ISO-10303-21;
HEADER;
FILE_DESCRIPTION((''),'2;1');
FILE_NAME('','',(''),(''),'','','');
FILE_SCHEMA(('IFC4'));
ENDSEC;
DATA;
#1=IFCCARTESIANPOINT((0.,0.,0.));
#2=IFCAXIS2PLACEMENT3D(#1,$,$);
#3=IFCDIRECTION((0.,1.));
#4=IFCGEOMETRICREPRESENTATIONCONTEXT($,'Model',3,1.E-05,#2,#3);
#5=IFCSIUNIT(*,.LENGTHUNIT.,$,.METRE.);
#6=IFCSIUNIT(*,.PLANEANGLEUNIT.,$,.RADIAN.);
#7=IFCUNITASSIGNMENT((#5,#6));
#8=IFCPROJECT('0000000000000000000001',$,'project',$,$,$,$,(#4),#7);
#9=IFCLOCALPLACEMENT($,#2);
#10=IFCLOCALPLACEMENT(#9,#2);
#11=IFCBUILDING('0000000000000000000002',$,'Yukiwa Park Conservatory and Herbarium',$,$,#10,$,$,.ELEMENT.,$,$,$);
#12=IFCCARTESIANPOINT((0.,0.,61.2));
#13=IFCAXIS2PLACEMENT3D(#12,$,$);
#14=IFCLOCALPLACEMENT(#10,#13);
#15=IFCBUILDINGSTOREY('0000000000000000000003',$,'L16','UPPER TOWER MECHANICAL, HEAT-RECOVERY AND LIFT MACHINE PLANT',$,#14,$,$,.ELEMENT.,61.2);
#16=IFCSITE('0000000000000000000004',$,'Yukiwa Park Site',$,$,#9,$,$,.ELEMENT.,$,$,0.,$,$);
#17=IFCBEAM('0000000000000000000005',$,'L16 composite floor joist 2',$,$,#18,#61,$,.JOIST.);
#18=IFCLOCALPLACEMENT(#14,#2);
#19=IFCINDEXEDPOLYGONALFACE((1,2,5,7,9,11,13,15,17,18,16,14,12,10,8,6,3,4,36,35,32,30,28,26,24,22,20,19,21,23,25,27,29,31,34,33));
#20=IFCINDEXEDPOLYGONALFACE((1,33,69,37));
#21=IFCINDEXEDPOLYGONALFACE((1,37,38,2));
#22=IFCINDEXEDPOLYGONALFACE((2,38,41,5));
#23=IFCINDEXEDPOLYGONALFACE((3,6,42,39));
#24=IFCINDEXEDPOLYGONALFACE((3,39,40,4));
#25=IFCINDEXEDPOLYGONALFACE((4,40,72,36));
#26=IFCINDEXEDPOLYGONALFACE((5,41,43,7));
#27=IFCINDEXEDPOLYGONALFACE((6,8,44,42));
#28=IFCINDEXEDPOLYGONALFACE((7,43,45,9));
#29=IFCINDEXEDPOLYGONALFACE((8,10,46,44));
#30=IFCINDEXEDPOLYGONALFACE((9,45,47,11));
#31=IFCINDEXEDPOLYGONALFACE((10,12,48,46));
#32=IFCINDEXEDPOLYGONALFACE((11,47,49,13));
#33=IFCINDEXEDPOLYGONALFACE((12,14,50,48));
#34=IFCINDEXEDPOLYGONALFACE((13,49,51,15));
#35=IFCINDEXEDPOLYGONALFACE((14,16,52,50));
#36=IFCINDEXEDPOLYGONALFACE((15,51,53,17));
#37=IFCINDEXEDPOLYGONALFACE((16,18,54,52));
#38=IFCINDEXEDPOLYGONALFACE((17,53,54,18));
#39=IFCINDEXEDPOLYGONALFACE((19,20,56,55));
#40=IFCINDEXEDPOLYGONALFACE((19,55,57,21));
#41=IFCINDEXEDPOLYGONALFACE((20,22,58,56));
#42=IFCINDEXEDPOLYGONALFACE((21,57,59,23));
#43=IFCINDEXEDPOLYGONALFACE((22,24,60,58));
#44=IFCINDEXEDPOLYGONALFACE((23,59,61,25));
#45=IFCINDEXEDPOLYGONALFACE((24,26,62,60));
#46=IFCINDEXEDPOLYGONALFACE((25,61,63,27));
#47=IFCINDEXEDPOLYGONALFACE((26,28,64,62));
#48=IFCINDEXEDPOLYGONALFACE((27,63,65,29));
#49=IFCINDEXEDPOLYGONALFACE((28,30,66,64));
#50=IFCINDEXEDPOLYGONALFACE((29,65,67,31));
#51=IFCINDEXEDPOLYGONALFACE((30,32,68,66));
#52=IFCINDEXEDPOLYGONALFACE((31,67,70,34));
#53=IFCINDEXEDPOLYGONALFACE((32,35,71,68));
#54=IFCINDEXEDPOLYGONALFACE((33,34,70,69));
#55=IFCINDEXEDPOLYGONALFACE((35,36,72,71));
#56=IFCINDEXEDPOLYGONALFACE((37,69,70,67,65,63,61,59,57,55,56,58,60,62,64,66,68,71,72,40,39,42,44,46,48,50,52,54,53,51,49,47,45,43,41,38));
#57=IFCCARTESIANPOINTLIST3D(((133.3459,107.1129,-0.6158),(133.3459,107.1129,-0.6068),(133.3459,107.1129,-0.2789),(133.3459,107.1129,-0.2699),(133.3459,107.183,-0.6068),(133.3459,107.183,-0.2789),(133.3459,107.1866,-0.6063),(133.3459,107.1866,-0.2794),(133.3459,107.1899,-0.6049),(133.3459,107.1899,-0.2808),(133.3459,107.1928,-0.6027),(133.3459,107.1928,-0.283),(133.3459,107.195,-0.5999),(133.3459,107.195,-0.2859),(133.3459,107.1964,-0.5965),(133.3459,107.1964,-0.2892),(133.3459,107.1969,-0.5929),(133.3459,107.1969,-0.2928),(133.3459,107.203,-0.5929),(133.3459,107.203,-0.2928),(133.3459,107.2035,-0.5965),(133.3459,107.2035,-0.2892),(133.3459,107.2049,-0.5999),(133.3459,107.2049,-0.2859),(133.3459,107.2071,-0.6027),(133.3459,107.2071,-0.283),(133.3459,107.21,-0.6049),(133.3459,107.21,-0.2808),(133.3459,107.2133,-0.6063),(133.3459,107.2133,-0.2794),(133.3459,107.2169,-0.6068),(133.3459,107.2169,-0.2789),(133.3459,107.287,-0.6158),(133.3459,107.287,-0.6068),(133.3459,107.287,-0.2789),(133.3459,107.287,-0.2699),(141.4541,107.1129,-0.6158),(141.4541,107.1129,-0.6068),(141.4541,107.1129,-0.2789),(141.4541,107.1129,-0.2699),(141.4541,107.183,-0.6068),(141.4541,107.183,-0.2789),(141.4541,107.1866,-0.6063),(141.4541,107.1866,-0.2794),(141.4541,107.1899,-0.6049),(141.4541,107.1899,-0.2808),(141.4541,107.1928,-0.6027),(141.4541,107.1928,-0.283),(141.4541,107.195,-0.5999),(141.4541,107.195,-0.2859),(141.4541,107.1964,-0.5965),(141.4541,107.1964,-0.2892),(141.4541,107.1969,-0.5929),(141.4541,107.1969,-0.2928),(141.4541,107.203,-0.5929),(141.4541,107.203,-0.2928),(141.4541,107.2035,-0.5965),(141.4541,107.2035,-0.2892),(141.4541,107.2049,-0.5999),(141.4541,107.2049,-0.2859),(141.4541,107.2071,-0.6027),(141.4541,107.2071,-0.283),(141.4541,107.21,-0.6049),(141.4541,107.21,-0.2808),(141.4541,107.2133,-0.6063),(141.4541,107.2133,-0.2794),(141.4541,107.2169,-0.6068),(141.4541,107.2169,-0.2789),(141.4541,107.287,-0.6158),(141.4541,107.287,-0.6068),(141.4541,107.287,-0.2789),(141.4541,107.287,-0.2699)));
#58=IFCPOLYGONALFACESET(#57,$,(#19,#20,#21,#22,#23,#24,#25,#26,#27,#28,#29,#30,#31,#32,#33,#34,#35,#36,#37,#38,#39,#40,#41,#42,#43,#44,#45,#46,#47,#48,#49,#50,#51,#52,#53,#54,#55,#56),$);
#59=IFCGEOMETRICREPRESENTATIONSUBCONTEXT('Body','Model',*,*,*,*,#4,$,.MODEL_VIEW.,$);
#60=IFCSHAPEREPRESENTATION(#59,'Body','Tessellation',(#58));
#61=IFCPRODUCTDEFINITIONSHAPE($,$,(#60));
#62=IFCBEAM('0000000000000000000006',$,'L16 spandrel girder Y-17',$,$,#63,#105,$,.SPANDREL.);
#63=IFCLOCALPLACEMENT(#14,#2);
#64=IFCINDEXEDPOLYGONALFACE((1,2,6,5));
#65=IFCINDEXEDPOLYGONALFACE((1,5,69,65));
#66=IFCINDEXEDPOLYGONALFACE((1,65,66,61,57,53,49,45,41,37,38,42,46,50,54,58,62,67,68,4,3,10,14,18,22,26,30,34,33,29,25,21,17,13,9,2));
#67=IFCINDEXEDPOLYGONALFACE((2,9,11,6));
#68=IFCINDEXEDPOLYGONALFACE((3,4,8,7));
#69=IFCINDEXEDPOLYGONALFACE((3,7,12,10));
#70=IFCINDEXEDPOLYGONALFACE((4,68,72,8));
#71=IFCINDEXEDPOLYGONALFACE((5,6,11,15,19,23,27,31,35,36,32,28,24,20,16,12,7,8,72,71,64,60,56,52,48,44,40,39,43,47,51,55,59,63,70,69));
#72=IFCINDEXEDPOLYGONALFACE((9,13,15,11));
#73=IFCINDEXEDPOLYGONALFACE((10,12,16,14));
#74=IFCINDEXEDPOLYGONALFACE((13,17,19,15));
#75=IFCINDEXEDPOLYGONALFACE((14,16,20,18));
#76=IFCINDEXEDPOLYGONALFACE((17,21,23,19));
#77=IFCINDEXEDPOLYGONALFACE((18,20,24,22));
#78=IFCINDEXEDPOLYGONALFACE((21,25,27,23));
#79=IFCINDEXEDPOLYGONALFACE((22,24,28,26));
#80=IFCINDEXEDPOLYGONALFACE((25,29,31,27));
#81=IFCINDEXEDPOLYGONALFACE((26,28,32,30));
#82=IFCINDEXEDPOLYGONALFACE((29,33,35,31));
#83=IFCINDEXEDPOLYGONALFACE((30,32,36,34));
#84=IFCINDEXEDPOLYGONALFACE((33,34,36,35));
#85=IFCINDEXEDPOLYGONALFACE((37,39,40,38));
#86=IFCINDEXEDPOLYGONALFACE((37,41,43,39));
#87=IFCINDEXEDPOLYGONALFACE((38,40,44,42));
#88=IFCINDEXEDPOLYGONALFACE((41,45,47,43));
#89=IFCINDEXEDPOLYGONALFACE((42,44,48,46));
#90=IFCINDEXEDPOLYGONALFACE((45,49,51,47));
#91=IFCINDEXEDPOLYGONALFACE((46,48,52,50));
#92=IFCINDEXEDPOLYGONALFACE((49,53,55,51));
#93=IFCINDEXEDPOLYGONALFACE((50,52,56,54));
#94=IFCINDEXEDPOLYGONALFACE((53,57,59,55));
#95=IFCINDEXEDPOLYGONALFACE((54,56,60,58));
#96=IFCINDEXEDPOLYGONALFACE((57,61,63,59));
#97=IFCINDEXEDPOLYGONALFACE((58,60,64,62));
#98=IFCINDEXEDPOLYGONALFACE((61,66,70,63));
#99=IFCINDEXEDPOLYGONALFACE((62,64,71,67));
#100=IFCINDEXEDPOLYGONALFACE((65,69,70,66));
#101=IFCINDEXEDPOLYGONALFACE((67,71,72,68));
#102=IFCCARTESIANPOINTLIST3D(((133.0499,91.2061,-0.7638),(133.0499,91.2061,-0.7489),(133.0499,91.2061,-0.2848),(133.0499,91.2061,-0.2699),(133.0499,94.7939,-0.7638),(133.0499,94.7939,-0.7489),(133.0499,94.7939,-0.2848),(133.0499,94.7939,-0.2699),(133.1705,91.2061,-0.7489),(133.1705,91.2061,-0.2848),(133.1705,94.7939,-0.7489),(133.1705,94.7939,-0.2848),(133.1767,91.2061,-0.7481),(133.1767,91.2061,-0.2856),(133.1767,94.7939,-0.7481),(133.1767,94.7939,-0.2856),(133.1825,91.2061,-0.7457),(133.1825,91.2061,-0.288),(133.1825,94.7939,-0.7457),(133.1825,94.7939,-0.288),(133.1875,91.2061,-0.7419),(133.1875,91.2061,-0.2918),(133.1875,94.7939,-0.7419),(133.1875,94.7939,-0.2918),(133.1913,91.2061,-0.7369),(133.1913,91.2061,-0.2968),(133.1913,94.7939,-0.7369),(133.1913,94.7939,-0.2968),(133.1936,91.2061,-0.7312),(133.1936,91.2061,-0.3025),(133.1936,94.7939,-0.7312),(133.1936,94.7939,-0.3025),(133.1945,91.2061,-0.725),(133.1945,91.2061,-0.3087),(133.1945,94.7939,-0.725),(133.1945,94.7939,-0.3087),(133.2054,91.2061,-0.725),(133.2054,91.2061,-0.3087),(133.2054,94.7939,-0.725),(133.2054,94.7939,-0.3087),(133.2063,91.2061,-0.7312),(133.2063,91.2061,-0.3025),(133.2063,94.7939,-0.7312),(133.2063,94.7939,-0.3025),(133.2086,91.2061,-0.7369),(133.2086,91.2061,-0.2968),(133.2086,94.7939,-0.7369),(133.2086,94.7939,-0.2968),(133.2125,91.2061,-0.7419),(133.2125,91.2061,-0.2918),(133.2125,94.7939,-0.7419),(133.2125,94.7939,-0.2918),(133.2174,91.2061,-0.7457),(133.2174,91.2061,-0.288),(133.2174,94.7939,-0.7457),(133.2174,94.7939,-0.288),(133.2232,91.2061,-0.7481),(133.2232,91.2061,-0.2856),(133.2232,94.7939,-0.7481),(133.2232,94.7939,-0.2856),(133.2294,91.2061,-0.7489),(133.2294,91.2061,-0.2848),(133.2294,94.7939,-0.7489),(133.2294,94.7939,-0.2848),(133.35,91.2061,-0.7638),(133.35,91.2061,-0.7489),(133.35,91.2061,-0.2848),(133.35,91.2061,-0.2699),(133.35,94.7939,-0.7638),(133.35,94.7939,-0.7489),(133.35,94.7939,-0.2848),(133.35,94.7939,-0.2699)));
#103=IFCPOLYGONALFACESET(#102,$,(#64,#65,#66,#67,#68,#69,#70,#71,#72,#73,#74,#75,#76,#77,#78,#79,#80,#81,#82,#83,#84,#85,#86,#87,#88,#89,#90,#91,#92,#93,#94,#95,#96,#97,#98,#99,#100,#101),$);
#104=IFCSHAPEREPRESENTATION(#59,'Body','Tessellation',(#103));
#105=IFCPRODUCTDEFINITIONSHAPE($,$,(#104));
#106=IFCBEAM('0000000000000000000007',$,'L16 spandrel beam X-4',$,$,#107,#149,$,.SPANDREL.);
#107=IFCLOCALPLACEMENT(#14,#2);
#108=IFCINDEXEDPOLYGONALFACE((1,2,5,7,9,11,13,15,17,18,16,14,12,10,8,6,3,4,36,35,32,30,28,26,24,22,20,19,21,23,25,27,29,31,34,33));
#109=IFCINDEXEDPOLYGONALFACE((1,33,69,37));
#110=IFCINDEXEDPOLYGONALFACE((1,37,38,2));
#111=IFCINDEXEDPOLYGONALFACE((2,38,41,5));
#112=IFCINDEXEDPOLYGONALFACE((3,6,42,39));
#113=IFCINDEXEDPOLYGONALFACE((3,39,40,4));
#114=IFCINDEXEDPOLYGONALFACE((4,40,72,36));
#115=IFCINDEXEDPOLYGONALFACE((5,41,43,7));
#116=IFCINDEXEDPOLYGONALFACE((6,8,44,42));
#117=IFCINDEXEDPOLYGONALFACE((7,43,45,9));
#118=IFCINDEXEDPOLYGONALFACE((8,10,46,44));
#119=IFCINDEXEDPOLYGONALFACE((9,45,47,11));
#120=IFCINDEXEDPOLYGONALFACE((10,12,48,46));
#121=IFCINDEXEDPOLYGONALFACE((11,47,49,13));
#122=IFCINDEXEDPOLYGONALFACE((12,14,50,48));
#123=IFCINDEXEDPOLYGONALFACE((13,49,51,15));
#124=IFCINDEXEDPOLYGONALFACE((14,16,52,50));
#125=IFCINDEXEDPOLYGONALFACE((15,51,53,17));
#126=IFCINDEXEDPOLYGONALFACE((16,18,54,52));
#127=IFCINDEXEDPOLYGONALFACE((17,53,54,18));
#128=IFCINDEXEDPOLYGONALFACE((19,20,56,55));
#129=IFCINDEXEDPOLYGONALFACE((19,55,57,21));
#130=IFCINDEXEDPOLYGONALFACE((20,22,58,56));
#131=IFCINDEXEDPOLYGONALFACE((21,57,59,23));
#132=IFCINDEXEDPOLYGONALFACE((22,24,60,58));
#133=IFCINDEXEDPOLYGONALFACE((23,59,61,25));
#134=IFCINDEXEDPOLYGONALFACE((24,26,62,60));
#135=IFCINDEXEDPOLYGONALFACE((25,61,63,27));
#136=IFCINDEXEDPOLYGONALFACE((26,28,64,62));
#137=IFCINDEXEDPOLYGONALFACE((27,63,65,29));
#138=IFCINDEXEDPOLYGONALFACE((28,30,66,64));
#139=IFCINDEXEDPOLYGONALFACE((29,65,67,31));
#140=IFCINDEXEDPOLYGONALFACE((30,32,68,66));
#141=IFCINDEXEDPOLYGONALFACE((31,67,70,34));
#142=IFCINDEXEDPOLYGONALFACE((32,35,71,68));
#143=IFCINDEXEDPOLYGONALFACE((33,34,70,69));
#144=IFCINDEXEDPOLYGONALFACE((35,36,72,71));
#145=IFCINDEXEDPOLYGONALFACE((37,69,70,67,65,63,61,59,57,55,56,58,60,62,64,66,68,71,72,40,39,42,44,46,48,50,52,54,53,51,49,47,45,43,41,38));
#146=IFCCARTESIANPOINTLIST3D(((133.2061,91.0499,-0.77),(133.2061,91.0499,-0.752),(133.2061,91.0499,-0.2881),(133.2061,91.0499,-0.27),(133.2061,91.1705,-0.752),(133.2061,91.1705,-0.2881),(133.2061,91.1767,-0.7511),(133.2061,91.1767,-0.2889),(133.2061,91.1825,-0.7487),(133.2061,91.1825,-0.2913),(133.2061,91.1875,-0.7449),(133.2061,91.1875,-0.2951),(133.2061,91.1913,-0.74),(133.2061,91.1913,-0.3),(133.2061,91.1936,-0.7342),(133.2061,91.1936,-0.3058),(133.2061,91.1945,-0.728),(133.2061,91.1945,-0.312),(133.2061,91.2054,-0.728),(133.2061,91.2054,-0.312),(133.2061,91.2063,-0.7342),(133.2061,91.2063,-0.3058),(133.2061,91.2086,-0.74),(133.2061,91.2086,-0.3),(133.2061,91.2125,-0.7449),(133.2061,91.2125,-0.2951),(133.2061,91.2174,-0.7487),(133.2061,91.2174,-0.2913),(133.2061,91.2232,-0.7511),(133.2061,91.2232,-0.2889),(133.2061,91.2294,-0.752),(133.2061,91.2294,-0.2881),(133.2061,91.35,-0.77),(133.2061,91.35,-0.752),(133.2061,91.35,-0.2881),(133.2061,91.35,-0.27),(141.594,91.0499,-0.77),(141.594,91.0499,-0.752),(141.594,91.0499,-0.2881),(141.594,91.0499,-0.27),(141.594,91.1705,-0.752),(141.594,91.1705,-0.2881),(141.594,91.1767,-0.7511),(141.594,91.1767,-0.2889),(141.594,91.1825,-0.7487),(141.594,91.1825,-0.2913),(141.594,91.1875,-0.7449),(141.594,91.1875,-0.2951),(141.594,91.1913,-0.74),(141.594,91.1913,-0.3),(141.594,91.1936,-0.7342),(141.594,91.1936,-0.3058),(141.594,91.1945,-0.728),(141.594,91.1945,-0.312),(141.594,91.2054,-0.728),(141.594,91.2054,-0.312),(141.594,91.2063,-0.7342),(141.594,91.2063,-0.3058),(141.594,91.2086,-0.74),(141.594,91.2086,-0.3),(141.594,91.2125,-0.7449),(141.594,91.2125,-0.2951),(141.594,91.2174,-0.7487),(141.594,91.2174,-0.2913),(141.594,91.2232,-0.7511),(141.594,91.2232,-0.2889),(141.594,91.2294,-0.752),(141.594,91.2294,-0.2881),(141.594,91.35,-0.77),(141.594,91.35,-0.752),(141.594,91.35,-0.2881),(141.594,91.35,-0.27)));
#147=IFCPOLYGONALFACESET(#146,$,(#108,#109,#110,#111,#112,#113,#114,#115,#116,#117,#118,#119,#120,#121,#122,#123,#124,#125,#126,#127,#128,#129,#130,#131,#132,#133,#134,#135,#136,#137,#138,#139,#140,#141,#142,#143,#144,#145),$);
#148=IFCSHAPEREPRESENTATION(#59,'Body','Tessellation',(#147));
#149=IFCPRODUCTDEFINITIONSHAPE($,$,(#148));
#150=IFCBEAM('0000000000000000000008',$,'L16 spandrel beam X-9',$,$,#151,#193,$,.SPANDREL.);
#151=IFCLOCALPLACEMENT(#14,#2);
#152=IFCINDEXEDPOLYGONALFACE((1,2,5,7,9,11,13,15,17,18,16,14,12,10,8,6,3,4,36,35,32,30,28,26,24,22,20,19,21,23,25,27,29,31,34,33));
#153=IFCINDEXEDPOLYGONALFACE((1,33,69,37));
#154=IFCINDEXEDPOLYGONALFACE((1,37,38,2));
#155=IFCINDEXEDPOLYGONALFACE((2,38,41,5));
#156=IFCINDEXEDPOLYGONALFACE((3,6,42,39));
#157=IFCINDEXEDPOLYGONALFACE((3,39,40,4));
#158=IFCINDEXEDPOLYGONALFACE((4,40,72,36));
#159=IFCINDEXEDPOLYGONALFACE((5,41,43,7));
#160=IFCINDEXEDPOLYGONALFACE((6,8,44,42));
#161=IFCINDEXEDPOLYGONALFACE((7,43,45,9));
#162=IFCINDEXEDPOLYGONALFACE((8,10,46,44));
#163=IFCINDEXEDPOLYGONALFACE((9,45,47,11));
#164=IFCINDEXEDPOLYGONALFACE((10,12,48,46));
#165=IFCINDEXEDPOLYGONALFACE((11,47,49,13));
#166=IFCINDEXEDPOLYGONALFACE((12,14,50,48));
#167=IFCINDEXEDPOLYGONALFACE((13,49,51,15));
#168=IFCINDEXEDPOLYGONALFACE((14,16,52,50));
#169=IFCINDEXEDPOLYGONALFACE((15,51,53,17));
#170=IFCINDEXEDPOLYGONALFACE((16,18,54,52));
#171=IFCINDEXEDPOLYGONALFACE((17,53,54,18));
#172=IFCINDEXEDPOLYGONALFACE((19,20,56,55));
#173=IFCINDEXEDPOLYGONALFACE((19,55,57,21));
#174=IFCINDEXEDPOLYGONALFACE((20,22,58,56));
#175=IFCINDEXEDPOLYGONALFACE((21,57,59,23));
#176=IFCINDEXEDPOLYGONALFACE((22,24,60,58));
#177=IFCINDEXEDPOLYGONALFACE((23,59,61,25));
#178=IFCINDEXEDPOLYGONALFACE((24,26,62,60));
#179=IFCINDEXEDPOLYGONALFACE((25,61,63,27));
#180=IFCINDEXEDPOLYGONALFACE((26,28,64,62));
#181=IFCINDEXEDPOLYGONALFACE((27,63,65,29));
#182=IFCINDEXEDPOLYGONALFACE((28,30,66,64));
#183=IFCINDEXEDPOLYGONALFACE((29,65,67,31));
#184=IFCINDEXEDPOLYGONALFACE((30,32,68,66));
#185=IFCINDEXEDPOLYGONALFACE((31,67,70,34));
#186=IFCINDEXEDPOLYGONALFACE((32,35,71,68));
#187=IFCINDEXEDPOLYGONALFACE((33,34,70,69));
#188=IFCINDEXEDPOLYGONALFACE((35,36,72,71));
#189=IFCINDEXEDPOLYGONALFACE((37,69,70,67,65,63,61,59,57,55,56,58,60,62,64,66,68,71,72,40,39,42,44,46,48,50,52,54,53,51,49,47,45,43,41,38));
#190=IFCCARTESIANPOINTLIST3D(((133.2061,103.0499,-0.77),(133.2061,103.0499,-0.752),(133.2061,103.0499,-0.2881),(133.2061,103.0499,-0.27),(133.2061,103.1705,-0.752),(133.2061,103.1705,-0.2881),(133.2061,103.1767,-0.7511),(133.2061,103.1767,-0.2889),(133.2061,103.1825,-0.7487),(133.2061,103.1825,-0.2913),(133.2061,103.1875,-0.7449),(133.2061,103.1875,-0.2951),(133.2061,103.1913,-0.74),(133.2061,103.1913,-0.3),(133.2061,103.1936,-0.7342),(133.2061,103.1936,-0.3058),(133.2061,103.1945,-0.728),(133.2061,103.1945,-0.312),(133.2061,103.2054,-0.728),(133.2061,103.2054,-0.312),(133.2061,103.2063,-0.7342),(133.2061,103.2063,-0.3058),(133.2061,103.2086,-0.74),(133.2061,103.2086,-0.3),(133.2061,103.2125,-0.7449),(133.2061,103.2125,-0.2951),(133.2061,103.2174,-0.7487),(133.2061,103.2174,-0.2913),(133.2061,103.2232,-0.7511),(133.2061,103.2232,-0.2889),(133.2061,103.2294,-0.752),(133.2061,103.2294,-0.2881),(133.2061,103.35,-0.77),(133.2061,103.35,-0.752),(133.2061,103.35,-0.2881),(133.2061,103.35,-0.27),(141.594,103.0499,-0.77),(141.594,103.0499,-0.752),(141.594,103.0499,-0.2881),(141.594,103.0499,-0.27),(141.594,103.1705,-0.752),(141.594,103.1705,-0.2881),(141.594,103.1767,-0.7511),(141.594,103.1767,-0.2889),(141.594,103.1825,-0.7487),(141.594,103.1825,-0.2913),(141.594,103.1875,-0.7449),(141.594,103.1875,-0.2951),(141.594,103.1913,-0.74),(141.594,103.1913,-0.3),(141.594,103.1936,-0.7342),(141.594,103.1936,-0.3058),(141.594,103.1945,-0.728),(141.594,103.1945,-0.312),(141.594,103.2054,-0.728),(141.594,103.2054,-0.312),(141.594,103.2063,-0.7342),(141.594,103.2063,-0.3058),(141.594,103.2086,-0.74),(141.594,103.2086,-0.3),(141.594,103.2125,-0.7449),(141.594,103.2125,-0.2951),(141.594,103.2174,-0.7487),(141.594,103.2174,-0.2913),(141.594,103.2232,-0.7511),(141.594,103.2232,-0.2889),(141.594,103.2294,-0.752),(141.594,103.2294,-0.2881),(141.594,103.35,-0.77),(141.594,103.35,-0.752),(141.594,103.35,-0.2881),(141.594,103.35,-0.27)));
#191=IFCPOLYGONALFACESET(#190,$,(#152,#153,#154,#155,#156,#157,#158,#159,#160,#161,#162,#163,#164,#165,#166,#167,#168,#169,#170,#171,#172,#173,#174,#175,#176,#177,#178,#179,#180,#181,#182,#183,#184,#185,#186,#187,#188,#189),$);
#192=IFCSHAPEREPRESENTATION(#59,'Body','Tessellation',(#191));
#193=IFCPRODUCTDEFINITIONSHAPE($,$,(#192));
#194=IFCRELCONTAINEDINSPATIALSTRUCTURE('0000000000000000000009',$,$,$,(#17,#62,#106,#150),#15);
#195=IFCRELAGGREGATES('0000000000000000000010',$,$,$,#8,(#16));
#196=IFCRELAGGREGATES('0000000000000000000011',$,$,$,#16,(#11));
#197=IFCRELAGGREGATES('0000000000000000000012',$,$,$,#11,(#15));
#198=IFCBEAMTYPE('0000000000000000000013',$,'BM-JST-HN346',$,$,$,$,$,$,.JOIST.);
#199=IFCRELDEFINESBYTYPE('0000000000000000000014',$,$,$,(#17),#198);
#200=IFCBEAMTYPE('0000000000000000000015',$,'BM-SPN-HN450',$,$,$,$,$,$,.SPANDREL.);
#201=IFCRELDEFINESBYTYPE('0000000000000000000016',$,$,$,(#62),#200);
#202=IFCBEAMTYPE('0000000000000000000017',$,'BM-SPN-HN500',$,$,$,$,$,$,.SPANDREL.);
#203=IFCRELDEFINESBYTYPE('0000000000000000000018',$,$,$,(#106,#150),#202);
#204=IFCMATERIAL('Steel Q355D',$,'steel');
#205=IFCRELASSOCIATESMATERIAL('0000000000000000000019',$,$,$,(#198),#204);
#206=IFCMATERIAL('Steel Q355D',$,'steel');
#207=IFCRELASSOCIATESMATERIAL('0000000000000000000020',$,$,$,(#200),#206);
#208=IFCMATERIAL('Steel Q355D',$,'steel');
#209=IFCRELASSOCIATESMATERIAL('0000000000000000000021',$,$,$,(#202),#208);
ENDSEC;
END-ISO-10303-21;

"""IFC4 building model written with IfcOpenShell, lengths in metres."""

from ifc_helpers import new_model, si_unit, direction, frame, origin, origin_2d, place, context, subcontext, project, spatial, i_section, extrude, material, material_profile, profile_set, type_object, element, save


model = new_model("IFC4")

# Units and contexts
model_context = context("Model", 3, precision=1e-05, world=origin(), true_north=direction((0.0, 1.0)))
body_context = subcontext(model_context, "Body", "Model", "MODEL_VIEW")
ifc_project = project(units=[si_unit("LENGTHUNIT", "METRE"), si_unit("PLANEANGLEUNIT", "RADIAN")], contexts=[model_context])

# Site, building, storey
site_placement = place(None, origin())
site = spatial("IfcSite", under=ifc_project, at=site_placement, Name="Yukiwa Park Site", CompositionType="ELEMENT", RefElevation=0.0)
building_placement = place(site_placement, origin())
building = spatial("IfcBuilding", under=site, at=building_placement, Name="Yukiwa Park Conservatory and Herbarium", CompositionType="ELEMENT")
storey_placement = place(building_placement, frame((0.0, 0.0, 61.2)))
storey = spatial("IfcBuildingStorey", under=building, at=storey_placement, Name="L16", Description="UPPER TOWER MECHANICAL, HEAT-RECOVERY AND LIFT MACHINE PLANT", CompositionType="ELEMENT", Elevation=61.2)

# Beams
ifc_material_1 = material(Name="Steel Q355D", Category="steel")
ifc_material_profile_1 = material_profile(ifc_material_1, i_section(OverallWidth=0.1741, OverallDepth=0.3459, WebThickness=0.0061, FlangeThickness=0.009, FilletRadius=0.0139, at=origin_2d()), Name="HN 346x174x6x9")
ifc_profile_set_1 = profile_set([ifc_material_profile_1], Name="Steel Q355D")
beam_type_1 = type_object("IfcBeamType", Name="BM-JST-HN346", PredefinedType="JOIST", material=ifc_profile_set_1)
beam_1_placement = place(storey_placement, frame((133.3459, 107.2, -0.4429), z_axis=(1.0, 0.0, 0.0), x_axis=(0.0, 1.0, 0.0)))
element("IfcBeam", 1, at=beam_1_placement, inside=storey, type_object=beam_type_1, Name="L16 composite floor joist 2", PredefinedType="JOIST", context=body_context, shape_type="SweptSolid", body=[
    extrude(i_section(OverallWidth=0.1741, OverallDepth=0.3459, WebThickness=0.0061, FlangeThickness=0.009, FilletRadius=0.0139, at=origin_2d()), origin(), (0.0, 0.0, 1.0), 8.1082),
])
ifc_material_2 = material(Name="Steel Q355D", Category="steel")
ifc_material_profile_2 = material_profile(ifc_material_2, i_section(OverallWidth=0.3, OverallDepth=0.4939, WebThickness=0.011, FlangeThickness=0.0149, FilletRadius=0.0239, at=origin_2d()), Name="HM 494x300x11x15")
ifc_profile_set_2 = profile_set([ifc_material_profile_2], Name="Steel Q355D")
beam_type_2 = type_object("IfcBeamType", Name="BM-SPN-HN450", PredefinedType="SPANDREL", material=ifc_profile_set_2)
beam_2_placement = place(storey_placement, frame((133.2, 91.2061, -0.5168), z_axis=(0.0, 1.0, 0.0), x_axis=(-1.0, 0.0, 0.0)))
element("IfcBeam", 2, at=beam_2_placement, inside=storey, type_object=beam_type_2, Name="L16 spandrel girder Y-17", PredefinedType="SPANDREL", context=body_context, shape_type="SweptSolid", body=[
    extrude(i_section(OverallWidth=0.3, OverallDepth=0.4939, WebThickness=0.011, FlangeThickness=0.0149, FilletRadius=0.0239, at=origin_2d()), origin(), (0.0, 0.0, 1.0), 3.5879),
])
ifc_material_3 = material(Name="Steel Q355D", Category="steel")
ifc_material_profile_3 = material_profile(ifc_material_3, i_section(OverallWidth=0.3, OverallDepth=0.5, WebThickness=0.011, FlangeThickness=0.0181, FilletRadius=0.0239, at=origin_2d()), Name="HM 500x300x11x18")
ifc_profile_set_3 = profile_set([ifc_material_profile_3], Name="Steel Q355D")
beam_type_3 = type_object("IfcBeamType", Name="BM-SPN-HN500", PredefinedType="SPANDREL", material=ifc_profile_set_3)
for number, where, z_axis, x_axis, name in (
    (3, (133.2061, 91.2, -0.52), (1.0, 0.0, 0.0), (0.0, 1.0, 0.0), "L16 spandrel beam X-4"),
    (4, (133.2061, 103.2, -0.52), (1.0, 0.0, 0.0), (0.0, 1.0, 0.0), "L16 spandrel beam X-9"),
):
    element("IfcBeam", number, at=place(storey_placement, frame(where, z_axis=z_axis, x_axis=x_axis)), inside=storey, type_object=beam_type_3, Name=name, PredefinedType="SPANDREL", context=body_context, shape_type="SweptSolid", body=[
        extrude(i_section(OverallWidth=0.3, OverallDepth=0.5, WebThickness=0.011, FlangeThickness=0.0181, FilletRadius=0.0239, at=origin_2d()), origin(), (0.0, 0.0, 1.0), 8.3879),
    ])

save(model, "model.ifc")
